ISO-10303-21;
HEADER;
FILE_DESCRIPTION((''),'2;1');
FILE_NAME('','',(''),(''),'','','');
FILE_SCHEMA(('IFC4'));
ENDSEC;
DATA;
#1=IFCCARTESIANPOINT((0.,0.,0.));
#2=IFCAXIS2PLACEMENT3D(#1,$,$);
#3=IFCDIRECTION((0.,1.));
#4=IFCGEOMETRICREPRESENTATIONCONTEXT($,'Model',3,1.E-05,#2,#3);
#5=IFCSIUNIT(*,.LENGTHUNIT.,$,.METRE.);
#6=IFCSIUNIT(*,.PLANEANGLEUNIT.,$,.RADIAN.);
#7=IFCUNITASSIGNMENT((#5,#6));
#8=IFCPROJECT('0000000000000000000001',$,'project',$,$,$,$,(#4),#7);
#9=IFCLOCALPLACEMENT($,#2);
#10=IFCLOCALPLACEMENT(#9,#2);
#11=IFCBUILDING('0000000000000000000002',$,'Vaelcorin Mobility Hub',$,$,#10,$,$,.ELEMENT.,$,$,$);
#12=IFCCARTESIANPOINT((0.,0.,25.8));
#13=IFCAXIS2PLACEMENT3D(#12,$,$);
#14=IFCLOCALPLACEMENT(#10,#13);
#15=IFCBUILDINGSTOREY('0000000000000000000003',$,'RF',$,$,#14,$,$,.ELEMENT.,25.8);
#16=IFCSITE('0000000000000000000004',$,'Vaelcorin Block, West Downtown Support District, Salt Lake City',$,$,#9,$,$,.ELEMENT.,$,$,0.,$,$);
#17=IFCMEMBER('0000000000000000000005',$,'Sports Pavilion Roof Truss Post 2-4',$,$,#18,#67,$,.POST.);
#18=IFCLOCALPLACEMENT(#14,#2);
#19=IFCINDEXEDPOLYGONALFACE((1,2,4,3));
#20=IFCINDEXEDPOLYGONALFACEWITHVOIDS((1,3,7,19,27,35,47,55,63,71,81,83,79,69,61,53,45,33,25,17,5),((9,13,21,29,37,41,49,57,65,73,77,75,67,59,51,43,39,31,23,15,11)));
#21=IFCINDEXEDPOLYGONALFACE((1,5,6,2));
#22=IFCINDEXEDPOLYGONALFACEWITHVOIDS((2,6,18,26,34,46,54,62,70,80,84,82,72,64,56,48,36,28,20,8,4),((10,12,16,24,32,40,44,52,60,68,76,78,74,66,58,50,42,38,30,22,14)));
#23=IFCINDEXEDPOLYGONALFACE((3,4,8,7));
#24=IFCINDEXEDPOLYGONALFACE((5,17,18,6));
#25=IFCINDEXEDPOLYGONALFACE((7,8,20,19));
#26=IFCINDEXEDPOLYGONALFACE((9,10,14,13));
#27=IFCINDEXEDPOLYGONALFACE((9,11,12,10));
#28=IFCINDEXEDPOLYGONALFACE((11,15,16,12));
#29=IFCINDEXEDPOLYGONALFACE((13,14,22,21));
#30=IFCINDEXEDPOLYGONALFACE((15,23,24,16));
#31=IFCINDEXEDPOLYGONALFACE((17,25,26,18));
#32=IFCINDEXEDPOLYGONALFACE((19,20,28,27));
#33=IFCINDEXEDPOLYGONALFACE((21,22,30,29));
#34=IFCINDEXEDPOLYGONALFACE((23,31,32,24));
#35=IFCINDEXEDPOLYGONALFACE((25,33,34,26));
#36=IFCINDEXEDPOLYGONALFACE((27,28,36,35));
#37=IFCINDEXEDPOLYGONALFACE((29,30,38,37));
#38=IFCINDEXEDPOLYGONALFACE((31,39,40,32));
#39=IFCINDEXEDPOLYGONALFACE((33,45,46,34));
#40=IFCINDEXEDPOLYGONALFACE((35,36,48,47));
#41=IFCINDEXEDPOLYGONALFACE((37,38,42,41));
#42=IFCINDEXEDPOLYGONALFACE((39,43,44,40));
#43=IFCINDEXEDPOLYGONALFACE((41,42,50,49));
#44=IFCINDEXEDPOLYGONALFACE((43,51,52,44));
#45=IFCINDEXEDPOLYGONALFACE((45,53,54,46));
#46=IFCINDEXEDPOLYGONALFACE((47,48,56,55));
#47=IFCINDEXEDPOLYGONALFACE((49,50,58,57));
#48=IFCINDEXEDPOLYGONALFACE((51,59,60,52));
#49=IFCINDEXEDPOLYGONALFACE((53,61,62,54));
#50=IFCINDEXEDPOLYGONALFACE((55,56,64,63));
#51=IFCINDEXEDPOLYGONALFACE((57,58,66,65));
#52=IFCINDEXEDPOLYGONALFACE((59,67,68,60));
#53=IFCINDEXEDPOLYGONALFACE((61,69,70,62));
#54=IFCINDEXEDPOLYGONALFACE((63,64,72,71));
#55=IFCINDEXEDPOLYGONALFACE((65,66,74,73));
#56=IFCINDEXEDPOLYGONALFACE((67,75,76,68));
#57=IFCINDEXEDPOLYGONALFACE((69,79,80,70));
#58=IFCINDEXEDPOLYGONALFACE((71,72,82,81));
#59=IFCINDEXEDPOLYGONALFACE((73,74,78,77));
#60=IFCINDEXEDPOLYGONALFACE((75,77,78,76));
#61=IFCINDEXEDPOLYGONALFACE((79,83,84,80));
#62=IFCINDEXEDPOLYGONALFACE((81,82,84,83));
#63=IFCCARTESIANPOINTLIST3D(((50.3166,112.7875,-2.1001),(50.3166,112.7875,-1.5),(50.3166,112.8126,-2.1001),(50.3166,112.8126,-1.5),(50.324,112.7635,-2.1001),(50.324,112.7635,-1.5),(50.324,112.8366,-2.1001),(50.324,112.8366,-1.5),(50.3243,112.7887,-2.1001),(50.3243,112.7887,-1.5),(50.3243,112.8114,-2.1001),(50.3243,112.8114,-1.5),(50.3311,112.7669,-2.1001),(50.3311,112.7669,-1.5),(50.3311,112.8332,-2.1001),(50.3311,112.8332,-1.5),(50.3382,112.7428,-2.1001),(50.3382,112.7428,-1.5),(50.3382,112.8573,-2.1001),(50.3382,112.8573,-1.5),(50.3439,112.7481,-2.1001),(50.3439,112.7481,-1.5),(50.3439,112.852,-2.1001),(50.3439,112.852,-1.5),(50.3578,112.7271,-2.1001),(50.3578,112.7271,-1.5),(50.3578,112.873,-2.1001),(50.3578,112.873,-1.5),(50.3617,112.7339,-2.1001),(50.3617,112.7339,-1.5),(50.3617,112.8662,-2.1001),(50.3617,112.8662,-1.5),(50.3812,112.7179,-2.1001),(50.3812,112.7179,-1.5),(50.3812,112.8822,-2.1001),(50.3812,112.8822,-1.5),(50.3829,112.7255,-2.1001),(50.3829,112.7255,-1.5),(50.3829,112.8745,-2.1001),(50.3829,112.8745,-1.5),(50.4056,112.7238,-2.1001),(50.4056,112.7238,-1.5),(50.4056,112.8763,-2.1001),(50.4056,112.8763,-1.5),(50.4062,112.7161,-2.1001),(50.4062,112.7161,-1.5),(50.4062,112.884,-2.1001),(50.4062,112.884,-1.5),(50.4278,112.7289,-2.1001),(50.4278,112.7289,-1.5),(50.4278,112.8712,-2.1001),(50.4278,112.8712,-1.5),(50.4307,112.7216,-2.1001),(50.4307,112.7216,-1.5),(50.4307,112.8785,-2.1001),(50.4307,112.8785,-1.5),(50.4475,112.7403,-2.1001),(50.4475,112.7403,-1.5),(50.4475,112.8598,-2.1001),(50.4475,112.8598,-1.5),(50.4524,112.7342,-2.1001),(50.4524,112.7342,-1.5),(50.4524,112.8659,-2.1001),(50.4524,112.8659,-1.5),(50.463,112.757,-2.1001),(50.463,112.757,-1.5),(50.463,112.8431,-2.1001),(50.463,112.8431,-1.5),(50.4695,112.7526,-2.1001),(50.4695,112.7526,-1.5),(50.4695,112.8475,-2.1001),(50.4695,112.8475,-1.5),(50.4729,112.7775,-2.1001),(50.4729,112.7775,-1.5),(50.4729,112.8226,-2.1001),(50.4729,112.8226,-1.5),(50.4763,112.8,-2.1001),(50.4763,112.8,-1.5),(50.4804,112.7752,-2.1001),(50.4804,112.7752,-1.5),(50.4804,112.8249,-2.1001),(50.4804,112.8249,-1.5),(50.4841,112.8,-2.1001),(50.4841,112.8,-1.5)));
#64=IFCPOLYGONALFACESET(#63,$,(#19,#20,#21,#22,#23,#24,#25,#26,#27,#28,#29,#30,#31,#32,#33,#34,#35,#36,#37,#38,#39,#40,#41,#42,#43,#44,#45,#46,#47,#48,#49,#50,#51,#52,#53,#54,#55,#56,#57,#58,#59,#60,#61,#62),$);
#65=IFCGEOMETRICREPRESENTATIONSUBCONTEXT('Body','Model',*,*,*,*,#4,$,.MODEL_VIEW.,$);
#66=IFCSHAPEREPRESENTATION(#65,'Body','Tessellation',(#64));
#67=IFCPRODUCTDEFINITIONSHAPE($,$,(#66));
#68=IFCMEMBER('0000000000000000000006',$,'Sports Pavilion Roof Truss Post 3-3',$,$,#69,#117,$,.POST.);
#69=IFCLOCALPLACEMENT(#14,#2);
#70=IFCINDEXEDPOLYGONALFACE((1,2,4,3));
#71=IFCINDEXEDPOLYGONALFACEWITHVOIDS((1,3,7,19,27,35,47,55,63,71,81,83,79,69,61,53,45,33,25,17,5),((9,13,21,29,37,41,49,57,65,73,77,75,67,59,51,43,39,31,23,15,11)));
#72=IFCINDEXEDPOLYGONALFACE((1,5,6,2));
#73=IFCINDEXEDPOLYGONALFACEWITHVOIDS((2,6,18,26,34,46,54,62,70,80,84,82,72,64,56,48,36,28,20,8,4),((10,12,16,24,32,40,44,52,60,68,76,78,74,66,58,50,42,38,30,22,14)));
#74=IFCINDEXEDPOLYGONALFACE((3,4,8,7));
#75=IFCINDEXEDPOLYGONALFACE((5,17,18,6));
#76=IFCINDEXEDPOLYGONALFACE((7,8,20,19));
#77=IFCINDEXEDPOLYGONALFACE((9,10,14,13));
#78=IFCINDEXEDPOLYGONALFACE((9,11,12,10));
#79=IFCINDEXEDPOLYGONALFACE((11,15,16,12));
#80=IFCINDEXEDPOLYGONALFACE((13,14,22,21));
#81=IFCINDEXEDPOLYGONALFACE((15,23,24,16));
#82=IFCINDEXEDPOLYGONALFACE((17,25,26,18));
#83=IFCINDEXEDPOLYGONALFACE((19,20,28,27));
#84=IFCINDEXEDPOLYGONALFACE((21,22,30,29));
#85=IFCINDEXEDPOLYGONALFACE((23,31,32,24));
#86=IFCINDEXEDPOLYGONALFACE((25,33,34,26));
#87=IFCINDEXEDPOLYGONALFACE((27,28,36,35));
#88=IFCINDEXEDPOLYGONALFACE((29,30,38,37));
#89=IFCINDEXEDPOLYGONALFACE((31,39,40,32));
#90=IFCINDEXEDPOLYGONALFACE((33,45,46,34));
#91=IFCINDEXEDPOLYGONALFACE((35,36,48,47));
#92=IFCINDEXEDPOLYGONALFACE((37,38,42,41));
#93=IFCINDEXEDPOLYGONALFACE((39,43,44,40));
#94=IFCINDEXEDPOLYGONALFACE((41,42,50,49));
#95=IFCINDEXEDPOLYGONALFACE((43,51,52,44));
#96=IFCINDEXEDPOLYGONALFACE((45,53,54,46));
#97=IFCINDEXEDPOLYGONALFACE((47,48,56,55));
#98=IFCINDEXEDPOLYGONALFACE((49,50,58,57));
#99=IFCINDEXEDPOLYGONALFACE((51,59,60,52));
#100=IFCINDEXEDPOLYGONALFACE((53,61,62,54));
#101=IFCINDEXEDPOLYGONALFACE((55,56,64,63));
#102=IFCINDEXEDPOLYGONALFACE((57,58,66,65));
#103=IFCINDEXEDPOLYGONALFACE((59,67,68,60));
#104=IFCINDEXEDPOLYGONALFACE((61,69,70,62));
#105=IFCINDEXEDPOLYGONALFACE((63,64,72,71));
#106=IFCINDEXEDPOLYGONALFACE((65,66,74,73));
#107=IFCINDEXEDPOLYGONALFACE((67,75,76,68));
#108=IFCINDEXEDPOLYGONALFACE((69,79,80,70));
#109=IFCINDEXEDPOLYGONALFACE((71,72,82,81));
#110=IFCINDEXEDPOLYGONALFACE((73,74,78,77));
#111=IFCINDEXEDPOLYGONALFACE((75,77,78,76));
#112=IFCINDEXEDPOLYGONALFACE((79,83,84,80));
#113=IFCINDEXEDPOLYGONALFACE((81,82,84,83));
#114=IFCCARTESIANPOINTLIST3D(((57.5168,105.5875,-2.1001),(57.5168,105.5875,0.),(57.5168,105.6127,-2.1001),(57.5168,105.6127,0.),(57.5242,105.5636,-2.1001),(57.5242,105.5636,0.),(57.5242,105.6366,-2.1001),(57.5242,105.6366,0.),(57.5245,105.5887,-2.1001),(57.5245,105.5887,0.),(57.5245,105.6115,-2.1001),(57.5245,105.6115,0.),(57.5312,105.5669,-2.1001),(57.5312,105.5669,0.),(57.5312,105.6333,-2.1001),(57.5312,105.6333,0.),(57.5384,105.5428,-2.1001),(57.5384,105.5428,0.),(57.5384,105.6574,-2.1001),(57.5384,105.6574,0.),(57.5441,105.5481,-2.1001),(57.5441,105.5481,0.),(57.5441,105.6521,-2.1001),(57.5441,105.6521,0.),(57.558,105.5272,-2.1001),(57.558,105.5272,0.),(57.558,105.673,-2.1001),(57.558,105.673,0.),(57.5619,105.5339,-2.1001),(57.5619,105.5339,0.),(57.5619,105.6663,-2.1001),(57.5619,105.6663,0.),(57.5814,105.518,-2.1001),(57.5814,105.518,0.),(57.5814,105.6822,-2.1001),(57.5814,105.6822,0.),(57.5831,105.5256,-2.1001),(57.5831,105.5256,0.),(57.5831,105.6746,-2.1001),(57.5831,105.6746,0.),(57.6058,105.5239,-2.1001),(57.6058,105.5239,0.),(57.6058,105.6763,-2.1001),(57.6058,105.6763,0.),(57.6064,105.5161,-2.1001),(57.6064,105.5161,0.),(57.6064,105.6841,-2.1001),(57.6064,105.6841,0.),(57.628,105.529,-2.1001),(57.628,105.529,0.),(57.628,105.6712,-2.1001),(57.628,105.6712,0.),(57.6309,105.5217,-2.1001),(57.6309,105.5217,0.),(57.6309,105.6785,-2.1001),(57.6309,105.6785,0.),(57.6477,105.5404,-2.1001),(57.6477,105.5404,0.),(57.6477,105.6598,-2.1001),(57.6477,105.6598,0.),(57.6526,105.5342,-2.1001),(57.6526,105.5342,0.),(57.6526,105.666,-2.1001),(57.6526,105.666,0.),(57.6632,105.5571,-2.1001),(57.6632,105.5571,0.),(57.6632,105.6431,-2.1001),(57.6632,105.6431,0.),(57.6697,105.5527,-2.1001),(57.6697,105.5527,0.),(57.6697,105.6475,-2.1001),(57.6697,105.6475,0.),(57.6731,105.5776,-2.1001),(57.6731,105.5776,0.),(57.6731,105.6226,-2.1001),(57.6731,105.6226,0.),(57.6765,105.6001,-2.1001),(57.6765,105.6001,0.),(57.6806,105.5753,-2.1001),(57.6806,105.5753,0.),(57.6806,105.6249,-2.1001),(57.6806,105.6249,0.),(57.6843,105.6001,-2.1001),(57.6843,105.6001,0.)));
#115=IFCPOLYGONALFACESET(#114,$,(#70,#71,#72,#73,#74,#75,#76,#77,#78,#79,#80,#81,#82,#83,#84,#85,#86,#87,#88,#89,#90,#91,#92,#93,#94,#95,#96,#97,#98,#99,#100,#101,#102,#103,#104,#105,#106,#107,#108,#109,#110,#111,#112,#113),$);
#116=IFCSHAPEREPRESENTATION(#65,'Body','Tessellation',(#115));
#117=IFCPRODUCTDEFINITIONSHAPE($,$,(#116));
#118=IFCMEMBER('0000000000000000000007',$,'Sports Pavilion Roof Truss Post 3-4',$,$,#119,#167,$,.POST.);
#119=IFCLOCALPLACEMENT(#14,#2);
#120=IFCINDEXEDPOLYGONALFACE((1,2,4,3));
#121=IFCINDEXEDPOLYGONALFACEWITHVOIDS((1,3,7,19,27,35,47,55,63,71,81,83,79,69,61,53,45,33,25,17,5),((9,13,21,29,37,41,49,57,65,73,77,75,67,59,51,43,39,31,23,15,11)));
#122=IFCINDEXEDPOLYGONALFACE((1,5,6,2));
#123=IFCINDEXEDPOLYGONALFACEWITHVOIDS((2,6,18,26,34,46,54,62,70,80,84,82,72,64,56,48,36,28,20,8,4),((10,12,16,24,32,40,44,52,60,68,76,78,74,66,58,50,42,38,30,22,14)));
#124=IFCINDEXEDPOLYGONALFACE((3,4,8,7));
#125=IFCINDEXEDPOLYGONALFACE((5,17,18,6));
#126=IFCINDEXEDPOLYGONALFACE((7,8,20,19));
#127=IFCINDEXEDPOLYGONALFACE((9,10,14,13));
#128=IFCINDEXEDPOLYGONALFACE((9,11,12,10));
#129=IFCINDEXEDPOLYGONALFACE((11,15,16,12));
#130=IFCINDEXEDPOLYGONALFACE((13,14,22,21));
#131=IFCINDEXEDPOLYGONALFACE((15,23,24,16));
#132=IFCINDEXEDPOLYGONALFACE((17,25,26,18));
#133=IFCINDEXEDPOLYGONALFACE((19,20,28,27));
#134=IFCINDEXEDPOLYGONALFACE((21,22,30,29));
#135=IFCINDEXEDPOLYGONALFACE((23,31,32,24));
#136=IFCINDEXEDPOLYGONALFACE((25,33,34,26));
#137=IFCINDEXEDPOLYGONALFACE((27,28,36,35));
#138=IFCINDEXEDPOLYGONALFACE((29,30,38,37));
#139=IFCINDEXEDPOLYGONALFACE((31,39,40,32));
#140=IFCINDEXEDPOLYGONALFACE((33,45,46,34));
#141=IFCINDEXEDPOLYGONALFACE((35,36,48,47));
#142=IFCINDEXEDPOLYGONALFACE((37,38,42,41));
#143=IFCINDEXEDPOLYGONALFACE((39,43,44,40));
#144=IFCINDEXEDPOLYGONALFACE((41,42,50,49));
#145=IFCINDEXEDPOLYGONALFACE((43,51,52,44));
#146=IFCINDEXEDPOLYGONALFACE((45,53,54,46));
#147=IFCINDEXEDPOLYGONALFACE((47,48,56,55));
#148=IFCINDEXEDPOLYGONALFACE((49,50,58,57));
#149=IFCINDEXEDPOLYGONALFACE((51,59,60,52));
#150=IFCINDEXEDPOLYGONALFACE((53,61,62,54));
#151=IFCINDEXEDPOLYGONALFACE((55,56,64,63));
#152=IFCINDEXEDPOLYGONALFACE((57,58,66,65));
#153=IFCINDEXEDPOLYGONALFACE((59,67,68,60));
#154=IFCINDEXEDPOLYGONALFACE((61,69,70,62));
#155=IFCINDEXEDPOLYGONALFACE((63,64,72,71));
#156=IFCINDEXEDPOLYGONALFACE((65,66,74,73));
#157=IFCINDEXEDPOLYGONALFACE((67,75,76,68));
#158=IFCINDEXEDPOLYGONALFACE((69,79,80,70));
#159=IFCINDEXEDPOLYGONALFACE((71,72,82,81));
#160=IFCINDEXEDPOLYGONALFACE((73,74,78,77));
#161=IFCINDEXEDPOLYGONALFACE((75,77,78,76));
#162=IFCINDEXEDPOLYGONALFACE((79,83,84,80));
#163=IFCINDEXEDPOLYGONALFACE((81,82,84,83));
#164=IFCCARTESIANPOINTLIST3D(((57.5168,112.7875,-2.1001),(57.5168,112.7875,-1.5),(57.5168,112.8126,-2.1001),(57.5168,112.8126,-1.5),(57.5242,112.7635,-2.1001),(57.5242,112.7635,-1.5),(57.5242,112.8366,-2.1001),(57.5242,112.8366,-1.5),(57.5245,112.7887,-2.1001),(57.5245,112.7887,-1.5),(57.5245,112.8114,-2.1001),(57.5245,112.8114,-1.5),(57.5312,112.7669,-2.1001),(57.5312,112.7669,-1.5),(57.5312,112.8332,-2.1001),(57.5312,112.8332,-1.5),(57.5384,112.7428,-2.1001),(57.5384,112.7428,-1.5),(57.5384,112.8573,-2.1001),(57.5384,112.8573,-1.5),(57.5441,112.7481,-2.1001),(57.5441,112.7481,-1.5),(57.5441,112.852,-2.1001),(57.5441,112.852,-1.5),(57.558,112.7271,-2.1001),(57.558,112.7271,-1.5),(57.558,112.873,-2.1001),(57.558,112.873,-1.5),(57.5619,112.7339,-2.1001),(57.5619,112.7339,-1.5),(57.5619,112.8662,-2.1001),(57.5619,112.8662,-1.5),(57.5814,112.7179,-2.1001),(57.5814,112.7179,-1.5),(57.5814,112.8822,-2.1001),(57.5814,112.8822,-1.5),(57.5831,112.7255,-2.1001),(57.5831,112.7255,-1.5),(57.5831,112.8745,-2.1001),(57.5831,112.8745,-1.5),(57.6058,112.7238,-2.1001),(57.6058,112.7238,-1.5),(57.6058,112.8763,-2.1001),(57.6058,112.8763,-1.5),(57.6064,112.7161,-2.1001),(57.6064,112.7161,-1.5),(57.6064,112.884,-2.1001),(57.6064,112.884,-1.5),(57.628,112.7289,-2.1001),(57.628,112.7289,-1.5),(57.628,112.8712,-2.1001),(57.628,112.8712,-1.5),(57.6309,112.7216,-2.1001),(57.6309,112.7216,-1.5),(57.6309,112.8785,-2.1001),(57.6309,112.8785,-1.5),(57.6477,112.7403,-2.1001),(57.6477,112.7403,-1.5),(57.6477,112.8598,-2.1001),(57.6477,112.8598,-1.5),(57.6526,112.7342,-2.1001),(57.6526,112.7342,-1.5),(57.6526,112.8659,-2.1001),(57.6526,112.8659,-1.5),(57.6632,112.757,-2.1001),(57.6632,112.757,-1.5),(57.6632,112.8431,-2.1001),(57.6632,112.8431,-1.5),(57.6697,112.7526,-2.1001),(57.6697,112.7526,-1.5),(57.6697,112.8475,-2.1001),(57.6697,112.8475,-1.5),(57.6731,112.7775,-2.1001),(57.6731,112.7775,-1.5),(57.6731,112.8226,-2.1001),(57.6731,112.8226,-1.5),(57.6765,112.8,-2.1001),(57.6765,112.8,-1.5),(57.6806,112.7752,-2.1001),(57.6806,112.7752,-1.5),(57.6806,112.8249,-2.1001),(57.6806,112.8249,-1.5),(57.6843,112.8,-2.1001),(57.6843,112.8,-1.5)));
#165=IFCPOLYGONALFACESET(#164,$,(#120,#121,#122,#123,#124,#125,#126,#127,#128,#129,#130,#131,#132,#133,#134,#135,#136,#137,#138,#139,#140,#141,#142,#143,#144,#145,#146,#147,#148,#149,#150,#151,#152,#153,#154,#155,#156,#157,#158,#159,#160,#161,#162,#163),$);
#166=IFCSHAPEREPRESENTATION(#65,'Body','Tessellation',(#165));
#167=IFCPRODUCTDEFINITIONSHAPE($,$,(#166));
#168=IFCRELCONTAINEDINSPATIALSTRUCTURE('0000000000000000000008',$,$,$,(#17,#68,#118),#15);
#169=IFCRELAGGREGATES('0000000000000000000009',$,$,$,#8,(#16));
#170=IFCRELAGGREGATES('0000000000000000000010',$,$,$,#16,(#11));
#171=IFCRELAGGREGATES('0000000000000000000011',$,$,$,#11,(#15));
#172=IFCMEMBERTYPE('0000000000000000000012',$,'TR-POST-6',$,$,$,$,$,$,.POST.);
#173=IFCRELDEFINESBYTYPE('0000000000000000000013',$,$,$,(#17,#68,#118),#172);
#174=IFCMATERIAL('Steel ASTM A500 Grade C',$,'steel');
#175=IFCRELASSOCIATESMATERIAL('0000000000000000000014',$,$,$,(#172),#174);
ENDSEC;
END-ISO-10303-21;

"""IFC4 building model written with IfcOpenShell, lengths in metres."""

from ifc_helpers import new_model, si_unit, direction, frame, origin, origin_2d, place, context, subcontext, project, spatial, hollow_circle, extrude, material, material_profile, profile_set, type_object, element, save


model = new_model("IFC4")

# Units and contexts
model_context = context("Model", 3, precision=1e-05, world=origin(), true_north=direction((0.0, 1.0)))
body_context = subcontext(model_context, "Body", "Model", "MODEL_VIEW")
ifc_project = project(units=[si_unit("LENGTHUNIT", "METRE"), si_unit("PLANEANGLEUNIT", "RADIAN")], contexts=[model_context])

# Site, building, storey
site_placement = place(None, origin())
site = spatial("IfcSite", under=ifc_project, at=site_placement, Name="Vaelcorin Block, West Downtown Support District, Salt Lake City", CompositionType="ELEMENT", RefElevation=0.0)
building_placement = place(site_placement, origin())
building = spatial("IfcBuilding", under=site, at=building_placement, Name="Vaelcorin Mobility Hub", CompositionType="ELEMENT")
storey_placement = place(building_placement, frame((0.0, 0.0, 25.8)))
storey = spatial("IfcBuildingStorey", under=building, at=storey_placement, Name="RF", CompositionType="ELEMENT", Elevation=25.8)

# Shared definitions
ifc_material_1 = material(Name="Steel ASTM A500 Grade C", Category="steel")

# Members
ifc_material_profile_1 = material_profile(ifc_material_1, hollow_circle(Radius=0.0842, WallThickness=0.0078, at=origin_2d()), Name="HSS6.625X0.312")
ifc_profile_set_1 = profile_set([ifc_material_profile_1], Name="Steel ASTM A500 Grade C")
member_type_1 = type_object("IfcMemberType", Name="TR-POST-6", PredefinedType="POST", material=ifc_profile_set_1)
member_1_placement = place(storey_placement, frame((50.3999, 112.8, -2.1001), z_axis=(0.0, 0.0, 1.0), x_axis=(1.0, 0.0, 0.0)))
element("IfcMember", 1, at=member_1_placement, inside=storey, type_object=member_type_1, Name="Sports Pavilion Roof Truss Post 2-4", PredefinedType="POST", context=body_context, shape_type="SweptSolid", body=[
    extrude(hollow_circle(Radius=0.0842, WallThickness=0.0078, at=origin_2d()), origin(), (0.0, 0.0, 1.0), 0.6001),
])
member_2_placement = place(storey_placement, frame((57.6001, 105.6001, -2.1001), z_axis=(0.0, 0.0, 1.0), x_axis=(1.0, 0.0, 0.0)))
element("IfcMember", 2, at=member_2_placement, inside=storey, type_object=member_type_1, Name="Sports Pavilion Roof Truss Post 3-3", PredefinedType="POST", context=body_context, shape_type="SweptSolid", body=[
    extrude(hollow_circle(Radius=0.0842, WallThickness=0.0078, at=origin_2d()), origin(), (0.0, 0.0, 1.0), 2.1001),
])
member_3_placement = place(storey_placement, frame((57.6001, 112.8, -2.1001), z_axis=(0.0, 0.0, 1.0), x_axis=(1.0, 0.0, 0.0)))
element("IfcMember", 3, at=member_3_placement, inside=storey, type_object=member_type_1, Name="Sports Pavilion Roof Truss Post 3-4", PredefinedType="POST", context=body_context, shape_type="SweptSolid", body=[
    extrude(hollow_circle(Radius=0.0842, WallThickness=0.0078, at=origin_2d()), origin(), (0.0, 0.0, 1.0), 0.6001),
])

save(model, "model.ifc")
